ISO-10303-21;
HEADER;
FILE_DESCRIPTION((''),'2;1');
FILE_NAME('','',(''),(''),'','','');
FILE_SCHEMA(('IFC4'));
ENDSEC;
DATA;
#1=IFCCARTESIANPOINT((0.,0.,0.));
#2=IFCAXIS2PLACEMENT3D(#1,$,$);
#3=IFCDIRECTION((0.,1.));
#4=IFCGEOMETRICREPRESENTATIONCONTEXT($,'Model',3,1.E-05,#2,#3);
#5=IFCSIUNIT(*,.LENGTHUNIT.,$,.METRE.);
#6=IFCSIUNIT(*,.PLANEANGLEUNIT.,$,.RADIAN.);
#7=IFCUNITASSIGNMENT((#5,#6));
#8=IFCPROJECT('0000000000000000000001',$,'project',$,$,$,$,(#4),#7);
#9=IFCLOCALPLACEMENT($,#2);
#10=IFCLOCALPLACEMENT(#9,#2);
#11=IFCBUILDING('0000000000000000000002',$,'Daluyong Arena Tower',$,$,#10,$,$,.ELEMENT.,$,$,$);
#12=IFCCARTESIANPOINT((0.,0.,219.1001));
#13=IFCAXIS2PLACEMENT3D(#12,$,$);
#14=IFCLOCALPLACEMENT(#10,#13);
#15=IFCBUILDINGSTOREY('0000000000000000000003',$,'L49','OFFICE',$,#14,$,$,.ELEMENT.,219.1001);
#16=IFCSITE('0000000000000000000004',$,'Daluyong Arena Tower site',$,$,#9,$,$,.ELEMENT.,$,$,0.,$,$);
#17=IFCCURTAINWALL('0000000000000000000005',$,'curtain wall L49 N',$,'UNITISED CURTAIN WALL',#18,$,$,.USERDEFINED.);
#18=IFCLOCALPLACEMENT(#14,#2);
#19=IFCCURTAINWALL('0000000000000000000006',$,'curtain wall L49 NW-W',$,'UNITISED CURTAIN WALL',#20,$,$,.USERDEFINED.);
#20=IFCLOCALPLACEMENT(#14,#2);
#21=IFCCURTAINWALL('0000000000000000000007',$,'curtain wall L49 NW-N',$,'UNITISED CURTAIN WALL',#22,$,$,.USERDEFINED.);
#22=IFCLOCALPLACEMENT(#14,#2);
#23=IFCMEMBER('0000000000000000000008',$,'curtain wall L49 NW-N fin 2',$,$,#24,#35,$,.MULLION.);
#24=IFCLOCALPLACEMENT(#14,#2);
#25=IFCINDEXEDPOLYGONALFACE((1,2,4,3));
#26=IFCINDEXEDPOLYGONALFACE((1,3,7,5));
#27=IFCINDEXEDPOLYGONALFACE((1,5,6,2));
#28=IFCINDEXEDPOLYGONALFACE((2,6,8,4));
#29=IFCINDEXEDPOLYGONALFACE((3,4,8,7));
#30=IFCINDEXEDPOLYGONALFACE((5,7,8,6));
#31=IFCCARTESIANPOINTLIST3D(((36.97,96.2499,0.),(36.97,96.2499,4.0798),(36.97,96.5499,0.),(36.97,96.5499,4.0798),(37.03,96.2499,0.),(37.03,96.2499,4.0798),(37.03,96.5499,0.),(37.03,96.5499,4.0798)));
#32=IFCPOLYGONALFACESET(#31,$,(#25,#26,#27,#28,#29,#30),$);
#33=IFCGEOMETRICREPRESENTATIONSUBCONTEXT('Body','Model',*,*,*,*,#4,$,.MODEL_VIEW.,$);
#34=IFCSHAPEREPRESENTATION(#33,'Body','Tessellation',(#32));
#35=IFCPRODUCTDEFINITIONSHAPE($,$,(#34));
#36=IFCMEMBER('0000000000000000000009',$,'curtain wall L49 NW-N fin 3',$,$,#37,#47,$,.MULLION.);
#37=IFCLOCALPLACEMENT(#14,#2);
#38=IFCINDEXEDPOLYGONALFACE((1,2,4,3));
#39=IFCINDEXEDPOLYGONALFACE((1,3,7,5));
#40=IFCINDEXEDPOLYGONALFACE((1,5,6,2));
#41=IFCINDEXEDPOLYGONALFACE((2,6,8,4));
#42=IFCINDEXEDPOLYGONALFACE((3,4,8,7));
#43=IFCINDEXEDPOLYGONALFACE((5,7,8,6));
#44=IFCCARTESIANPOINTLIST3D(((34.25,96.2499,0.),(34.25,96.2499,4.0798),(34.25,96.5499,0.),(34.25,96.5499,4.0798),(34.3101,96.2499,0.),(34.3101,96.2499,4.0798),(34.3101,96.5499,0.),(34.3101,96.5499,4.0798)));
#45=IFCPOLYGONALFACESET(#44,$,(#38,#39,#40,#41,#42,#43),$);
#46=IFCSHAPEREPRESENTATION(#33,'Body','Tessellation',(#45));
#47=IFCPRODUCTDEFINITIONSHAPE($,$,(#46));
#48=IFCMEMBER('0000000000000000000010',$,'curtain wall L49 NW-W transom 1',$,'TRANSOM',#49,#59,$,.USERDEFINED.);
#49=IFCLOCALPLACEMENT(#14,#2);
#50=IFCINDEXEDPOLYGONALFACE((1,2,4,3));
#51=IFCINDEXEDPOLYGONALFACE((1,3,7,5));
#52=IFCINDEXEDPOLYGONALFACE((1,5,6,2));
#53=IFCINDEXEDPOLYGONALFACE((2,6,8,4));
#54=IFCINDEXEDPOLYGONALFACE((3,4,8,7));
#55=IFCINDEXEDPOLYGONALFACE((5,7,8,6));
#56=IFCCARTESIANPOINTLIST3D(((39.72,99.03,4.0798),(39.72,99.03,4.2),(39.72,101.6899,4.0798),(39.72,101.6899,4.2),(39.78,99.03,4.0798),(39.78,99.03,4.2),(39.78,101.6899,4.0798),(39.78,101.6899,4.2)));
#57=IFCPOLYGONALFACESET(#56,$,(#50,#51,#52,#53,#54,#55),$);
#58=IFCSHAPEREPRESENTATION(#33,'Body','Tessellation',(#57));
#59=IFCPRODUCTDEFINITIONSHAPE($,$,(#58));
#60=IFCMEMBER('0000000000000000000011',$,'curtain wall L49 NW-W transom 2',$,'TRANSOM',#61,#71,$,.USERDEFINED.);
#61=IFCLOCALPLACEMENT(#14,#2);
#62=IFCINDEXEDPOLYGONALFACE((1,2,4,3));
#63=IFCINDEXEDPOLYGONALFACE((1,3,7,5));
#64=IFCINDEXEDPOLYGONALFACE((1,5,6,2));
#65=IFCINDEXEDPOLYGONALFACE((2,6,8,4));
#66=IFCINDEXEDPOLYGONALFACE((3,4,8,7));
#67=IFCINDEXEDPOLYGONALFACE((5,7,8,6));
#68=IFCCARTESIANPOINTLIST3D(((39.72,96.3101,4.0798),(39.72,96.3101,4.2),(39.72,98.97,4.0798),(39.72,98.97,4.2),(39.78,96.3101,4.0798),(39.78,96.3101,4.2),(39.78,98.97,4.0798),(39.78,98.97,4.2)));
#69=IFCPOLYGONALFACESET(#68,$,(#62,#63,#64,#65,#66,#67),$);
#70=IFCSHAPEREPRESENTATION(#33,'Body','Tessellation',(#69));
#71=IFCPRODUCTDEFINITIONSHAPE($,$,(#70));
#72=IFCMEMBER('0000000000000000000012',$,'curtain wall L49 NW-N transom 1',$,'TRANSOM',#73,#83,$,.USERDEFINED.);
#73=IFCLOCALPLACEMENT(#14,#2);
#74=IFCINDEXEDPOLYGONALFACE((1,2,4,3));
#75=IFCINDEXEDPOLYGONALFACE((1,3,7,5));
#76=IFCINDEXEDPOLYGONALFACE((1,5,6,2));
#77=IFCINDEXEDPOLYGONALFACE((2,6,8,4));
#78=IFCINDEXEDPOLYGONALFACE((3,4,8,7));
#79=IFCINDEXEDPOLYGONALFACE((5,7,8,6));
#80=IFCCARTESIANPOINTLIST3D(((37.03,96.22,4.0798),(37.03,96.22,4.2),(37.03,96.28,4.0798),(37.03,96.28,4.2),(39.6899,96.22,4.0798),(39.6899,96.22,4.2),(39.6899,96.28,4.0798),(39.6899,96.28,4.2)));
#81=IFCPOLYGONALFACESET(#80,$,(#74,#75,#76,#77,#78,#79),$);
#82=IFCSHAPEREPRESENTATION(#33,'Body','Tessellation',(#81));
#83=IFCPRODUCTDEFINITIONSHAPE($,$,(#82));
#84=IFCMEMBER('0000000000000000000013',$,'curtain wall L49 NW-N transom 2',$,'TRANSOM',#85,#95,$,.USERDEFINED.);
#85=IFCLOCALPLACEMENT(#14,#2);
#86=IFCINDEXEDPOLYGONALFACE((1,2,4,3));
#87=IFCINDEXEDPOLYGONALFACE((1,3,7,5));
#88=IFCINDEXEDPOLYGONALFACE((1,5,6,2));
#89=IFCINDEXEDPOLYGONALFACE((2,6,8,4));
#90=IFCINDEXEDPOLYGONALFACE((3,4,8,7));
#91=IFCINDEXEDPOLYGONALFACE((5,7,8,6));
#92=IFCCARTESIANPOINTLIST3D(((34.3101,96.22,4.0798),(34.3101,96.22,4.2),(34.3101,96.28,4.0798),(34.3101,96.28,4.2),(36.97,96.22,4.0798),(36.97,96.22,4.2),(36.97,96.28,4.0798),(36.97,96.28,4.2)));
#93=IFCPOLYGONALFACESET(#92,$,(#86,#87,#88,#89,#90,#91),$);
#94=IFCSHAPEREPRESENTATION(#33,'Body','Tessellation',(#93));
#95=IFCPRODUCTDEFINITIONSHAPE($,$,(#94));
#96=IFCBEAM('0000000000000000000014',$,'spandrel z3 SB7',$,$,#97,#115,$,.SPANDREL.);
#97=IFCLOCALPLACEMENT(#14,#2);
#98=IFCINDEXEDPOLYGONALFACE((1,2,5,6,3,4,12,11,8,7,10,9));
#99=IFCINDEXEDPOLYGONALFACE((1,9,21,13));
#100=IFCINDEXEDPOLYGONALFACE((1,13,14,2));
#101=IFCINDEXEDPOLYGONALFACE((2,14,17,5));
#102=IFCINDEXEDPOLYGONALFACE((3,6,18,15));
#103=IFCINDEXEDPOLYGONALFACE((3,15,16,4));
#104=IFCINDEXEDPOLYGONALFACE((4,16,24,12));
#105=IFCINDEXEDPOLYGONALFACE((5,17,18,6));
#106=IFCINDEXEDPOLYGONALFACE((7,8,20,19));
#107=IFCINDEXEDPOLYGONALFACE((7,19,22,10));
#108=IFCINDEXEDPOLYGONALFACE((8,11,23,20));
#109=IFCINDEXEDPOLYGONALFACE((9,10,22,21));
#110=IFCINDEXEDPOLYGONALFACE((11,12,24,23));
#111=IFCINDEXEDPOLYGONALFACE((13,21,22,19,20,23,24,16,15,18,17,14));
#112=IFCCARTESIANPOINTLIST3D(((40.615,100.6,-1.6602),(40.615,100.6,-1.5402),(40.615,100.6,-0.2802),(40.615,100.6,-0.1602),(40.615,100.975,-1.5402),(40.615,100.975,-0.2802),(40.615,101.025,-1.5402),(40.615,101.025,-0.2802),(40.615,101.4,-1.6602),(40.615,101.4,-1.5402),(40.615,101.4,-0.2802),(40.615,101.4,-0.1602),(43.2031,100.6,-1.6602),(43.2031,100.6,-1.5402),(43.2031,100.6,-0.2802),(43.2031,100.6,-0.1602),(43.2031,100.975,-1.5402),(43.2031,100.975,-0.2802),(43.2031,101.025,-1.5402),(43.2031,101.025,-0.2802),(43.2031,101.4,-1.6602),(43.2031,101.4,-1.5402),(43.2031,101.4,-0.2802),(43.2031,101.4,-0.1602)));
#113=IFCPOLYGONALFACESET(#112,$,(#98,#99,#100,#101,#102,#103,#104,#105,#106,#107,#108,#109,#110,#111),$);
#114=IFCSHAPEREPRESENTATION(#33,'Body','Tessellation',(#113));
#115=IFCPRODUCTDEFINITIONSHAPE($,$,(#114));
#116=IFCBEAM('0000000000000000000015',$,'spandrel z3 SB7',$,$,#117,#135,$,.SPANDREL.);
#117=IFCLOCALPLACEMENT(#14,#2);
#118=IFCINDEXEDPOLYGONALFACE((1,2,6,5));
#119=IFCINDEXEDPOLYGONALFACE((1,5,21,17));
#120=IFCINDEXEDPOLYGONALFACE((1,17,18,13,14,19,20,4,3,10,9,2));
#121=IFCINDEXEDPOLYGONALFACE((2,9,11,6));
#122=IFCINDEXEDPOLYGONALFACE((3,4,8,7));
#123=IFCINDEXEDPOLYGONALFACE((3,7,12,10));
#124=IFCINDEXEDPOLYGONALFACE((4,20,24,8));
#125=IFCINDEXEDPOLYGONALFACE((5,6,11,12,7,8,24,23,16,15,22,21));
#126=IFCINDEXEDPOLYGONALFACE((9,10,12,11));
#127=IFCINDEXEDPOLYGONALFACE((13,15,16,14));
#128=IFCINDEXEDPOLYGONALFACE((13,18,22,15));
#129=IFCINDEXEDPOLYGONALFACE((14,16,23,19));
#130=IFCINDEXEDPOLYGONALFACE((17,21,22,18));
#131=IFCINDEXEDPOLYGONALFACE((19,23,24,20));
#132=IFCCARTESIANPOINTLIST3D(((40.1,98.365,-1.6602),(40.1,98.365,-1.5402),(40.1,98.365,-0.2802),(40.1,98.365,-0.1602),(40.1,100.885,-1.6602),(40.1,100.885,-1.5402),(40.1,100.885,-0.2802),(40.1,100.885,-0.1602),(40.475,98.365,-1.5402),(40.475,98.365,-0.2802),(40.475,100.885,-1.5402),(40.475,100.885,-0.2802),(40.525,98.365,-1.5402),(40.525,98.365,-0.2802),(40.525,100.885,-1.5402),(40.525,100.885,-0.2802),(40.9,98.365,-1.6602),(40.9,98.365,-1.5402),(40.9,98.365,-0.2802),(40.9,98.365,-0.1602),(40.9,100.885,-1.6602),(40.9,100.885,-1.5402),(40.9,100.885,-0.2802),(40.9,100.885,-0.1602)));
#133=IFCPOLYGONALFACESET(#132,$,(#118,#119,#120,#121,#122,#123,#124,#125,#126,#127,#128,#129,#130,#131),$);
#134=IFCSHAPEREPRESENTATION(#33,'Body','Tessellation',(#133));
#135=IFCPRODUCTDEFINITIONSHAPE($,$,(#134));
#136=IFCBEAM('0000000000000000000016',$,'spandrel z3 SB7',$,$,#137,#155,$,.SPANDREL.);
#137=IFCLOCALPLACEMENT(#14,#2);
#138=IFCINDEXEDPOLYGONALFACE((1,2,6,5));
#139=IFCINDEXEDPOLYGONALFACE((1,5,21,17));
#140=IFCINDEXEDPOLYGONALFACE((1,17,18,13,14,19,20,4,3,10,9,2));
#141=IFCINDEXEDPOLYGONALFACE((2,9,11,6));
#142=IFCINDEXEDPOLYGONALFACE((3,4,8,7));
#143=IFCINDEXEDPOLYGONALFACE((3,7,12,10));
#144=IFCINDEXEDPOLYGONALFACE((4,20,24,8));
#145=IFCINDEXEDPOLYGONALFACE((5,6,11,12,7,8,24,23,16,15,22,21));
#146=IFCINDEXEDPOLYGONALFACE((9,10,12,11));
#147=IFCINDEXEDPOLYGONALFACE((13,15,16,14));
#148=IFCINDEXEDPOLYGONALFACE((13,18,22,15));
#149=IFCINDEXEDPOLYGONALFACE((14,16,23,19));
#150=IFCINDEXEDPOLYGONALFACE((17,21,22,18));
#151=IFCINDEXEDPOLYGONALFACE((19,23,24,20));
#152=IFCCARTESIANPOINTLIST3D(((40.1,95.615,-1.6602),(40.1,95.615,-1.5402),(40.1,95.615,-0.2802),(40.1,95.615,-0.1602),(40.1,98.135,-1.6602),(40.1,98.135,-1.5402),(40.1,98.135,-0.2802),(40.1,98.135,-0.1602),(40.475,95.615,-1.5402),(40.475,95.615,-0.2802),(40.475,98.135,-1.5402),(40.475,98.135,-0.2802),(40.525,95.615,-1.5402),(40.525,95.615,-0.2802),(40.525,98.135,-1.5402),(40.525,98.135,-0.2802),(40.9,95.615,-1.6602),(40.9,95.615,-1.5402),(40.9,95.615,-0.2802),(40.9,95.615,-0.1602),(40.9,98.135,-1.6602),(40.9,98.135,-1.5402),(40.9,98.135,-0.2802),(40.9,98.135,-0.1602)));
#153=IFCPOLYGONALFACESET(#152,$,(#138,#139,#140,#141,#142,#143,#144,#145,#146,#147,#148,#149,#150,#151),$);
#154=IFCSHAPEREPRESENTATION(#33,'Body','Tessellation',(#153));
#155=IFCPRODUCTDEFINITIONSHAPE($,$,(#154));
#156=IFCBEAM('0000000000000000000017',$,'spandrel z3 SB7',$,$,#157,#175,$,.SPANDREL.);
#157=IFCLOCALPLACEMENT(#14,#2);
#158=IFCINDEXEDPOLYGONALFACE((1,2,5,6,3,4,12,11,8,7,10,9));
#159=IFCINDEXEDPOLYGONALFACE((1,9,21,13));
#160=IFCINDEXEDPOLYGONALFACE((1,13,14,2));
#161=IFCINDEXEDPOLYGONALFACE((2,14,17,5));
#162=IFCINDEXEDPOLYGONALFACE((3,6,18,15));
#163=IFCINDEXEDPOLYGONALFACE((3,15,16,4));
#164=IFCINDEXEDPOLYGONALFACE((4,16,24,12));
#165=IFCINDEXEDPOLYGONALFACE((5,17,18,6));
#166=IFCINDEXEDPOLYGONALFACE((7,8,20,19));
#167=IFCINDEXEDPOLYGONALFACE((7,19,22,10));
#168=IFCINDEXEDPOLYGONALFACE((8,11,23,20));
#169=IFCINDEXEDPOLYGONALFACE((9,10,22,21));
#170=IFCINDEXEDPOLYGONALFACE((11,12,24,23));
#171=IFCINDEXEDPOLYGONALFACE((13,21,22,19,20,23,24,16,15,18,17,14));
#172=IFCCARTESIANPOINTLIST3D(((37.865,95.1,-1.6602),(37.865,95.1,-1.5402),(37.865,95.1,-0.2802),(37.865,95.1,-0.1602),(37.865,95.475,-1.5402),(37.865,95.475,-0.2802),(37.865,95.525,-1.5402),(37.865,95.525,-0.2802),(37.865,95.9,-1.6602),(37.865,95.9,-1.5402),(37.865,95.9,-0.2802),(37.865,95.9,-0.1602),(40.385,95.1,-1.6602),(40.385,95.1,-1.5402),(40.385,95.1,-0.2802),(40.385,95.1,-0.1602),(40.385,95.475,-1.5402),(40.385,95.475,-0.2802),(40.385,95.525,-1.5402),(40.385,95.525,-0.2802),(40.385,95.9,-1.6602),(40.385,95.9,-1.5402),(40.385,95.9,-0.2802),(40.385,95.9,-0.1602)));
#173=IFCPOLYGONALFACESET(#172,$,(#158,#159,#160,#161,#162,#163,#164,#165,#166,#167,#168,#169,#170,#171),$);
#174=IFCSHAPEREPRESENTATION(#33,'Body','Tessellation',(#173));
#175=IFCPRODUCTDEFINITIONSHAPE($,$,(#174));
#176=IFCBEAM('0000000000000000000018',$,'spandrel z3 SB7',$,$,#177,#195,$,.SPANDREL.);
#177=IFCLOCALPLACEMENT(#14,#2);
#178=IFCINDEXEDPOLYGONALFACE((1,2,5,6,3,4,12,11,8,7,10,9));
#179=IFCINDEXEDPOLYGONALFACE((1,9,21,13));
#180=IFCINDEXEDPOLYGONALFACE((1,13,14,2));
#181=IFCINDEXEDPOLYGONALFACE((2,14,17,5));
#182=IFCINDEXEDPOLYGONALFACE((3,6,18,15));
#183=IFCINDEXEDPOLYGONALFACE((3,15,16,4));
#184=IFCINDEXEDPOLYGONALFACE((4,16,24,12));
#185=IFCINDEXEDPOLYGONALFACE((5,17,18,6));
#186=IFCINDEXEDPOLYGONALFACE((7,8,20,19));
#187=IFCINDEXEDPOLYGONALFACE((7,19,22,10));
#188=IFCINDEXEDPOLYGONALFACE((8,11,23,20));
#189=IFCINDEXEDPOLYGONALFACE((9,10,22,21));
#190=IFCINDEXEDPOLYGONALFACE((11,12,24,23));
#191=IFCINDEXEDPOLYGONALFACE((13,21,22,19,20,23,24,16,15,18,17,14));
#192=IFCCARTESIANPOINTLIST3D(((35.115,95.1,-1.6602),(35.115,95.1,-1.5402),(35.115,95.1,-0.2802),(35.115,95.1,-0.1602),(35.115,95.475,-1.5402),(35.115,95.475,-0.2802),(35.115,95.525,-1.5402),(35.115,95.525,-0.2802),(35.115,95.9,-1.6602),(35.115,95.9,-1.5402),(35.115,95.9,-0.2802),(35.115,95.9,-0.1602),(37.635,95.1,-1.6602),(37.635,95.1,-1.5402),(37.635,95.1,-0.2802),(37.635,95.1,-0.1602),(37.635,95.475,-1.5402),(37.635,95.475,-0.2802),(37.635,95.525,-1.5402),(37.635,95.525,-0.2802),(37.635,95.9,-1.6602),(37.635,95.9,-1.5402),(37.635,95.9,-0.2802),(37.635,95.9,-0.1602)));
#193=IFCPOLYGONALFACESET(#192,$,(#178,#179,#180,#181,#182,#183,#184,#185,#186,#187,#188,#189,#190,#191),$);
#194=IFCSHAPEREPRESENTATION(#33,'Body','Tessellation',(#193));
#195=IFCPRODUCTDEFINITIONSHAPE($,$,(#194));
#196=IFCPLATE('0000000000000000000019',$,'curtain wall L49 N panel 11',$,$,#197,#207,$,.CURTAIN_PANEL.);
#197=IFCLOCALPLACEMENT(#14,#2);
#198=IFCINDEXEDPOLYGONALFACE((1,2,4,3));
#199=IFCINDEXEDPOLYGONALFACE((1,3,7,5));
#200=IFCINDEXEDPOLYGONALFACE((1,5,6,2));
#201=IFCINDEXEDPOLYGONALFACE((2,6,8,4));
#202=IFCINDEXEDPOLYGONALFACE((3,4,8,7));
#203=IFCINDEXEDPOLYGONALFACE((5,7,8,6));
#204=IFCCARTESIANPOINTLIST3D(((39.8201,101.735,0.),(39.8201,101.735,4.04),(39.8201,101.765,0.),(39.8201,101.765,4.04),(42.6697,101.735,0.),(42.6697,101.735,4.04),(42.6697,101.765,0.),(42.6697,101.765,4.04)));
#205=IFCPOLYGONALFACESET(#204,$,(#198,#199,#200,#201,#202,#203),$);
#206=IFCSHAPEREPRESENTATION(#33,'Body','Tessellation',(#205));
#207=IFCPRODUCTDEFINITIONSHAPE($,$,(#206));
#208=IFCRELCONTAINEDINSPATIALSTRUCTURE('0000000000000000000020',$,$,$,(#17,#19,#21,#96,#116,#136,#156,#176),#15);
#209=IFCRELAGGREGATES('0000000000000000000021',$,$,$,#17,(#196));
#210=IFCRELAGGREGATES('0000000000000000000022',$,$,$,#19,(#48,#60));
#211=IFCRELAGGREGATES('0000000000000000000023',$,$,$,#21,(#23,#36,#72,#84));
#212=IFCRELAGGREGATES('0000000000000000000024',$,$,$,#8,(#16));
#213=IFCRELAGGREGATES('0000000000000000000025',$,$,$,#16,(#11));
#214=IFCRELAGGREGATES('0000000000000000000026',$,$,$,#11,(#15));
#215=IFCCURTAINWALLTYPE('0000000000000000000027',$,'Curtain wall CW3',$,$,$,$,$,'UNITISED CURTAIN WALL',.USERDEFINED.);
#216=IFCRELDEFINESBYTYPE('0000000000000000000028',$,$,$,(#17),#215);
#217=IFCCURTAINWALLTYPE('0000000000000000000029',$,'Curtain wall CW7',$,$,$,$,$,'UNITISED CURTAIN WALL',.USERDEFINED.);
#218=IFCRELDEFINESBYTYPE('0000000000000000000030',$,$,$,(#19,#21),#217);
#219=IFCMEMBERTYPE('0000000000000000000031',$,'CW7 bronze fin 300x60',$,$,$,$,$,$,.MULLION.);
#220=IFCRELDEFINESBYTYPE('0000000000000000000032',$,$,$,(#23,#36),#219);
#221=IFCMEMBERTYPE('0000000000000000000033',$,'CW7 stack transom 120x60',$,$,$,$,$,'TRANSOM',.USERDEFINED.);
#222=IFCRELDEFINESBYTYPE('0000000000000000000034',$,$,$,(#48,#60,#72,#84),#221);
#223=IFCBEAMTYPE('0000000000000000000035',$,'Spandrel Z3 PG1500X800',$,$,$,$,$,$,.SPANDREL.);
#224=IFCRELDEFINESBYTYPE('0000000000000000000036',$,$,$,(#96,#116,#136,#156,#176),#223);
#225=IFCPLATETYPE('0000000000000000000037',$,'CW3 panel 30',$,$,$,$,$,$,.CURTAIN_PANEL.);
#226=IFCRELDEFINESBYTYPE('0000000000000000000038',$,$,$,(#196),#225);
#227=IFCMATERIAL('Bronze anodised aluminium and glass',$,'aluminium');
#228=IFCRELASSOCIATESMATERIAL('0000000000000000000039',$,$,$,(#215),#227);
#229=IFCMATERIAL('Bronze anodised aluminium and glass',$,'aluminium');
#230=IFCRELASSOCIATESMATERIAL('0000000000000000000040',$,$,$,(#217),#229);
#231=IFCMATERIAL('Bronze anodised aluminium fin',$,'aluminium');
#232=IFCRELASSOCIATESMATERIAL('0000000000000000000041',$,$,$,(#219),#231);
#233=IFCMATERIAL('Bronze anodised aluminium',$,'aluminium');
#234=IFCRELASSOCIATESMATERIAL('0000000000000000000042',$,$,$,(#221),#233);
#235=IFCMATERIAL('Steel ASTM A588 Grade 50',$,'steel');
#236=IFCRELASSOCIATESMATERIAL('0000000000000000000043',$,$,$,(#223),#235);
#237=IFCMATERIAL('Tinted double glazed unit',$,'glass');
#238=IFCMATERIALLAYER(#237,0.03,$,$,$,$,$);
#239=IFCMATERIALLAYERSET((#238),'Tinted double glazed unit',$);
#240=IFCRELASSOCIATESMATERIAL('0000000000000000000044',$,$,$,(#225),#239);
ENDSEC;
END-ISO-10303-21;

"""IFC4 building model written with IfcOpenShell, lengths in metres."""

from ifc_helpers import new_model, si_unit, direction, frame, origin, origin_2d, place, context, subcontext, project, spatial, rectangle, i_section, extrude, material, layer, layer_set, material_profile, profile_set, type_object, element, aggregate, save


model = new_model("IFC4")

# Units and contexts
model_context = context("Model", 3, precision=1e-05, world=origin(), true_north=direction((0.0, 1.0)))
body_context = subcontext(model_context, "Body", "Model", "MODEL_VIEW")
ifc_project = project(units=[si_unit("LENGTHUNIT", "METRE"), si_unit("PLANEANGLEUNIT", "RADIAN")], contexts=[model_context])

# Site, building, storey
site_placement = place(None, origin())
site = spatial("IfcSite", under=ifc_project, at=site_placement, Name="Daluyong Arena Tower site", CompositionType="ELEMENT", RefElevation=0.0)
building_placement = place(site_placement, origin())
building = spatial("IfcBuilding", under=site, at=building_placement, Name="Daluyong Arena Tower", CompositionType="ELEMENT")
storey_placement = place(building_placement, frame((0.0, 0.0, 219.1001)))
storey = spatial("IfcBuildingStorey", under=building, at=storey_placement, Name="L49", Description="OFFICE", CompositionType="ELEMENT", Elevation=219.1001)

# Curtain wall
ifc_material_1 = material(Name="Bronze anodised aluminium and glass", Category="aluminium")
curtain_wall_type_1 = type_object("IfcCurtainWallType", Name="Curtain wall CW3", ElementType="UNITISED CURTAIN WALL", PredefinedType="USERDEFINED", material=ifc_material_1)
curtain_wall_1_placement = place(storey_placement, origin())
curtain_wall_1 = element("IfcCurtainWall", 1, at=curtain_wall_1_placement, inside=storey, type_object=curtain_wall_type_1, Name="curtain wall L49 N", ObjectType="UNITISED CURTAIN WALL", PredefinedType="USERDEFINED")

# Curtain walls, members
ifc_material_2 = material(Name="Bronze anodised aluminium and glass", Category="aluminium")
curtain_wall_type_2 = type_object("IfcCurtainWallType", Name="Curtain wall CW7", ElementType="UNITISED CURTAIN WALL", PredefinedType="USERDEFINED", material=ifc_material_2)
curtain_wall_2_placement = place(storey_placement, origin())
curtain_wall_2 = element("IfcCurtainWall", 2, at=curtain_wall_2_placement, inside=storey, type_object=curtain_wall_type_2, Name="curtain wall L49 NW-W", ObjectType="UNITISED CURTAIN WALL", PredefinedType="USERDEFINED")
ifc_material_3 = material(Name="Bronze anodised aluminium fin", Category="aluminium")
ifc_material_profile_1 = material_profile(ifc_material_3, rectangle(XDim=0.3, YDim=0.0601, at=origin_2d()))
ifc_profile_set_1 = profile_set([ifc_material_profile_1], Name="Bronze anodised aluminium fin")
member_type_1 = type_object("IfcMemberType", Name="CW7 bronze fin 300x60", PredefinedType="MULLION", material=ifc_profile_set_1)
curtain_wall_3_placement = place(storey_placement, origin())
curtain_wall_3 = element("IfcCurtainWall", 3, at=curtain_wall_3_placement, inside=storey, type_object=curtain_wall_type_2, Name="curtain wall L49 NW-N", ObjectType="UNITISED CURTAIN WALL", PredefinedType="USERDEFINED")
member_1_placement = place(storey_placement, frame((37.0, 96.3999, 0.0), z_axis=(0.0, 0.0, 1.0), x_axis=(0.0, -1.0, 0.0)))
member_1 = element("IfcMember", 4, at=member_1_placement, type_object=member_type_1, Name="curtain wall L49 NW-N fin 2", PredefinedType="MULLION", context=body_context, shape_type="SweptSolid", body=[
    extrude(rectangle(XDim=0.3, YDim=0.0601, at=origin_2d()), origin(), (0.0, 0.0, 1.0), 4.0798),
])
member_2_placement = place(storey_placement, frame((34.28, 96.3999, 0.0), z_axis=(0.0, 0.0, 1.0), x_axis=(0.0, -1.0, 0.0)))
member_2 = element("IfcMember", 5, at=member_2_placement, type_object=member_type_1, Name="curtain wall L49 NW-N fin 3", PredefinedType="MULLION", context=body_context, shape_type="SweptSolid", body=[
    extrude(rectangle(XDim=0.3, YDim=0.0601, at=origin_2d()), origin(), (0.0, 0.0, 1.0), 4.0798),
])

# Members
ifc_material_4 = material(Name="Bronze anodised aluminium", Category="aluminium")
ifc_material_profile_2 = material_profile(ifc_material_4, rectangle(XDim=0.0601, YDim=0.1201, at=origin_2d()))
ifc_profile_set_2 = profile_set([ifc_material_profile_2], Name="Bronze anodised aluminium")
member_type_2 = type_object("IfcMemberType", Name="CW7 stack transom 120x60", ElementType="TRANSOM", PredefinedType="USERDEFINED", material=ifc_profile_set_2)
member_3_placement = place(storey_placement, frame((39.75, 101.6899, 4.1399), z_axis=(0.0, -1.0, 0.0), x_axis=(1.0, 0.0, 0.0)))
member_3 = element("IfcMember", 6, at=member_3_placement, type_object=member_type_2, Name="curtain wall L49 NW-W transom 1", ObjectType="TRANSOM", PredefinedType="USERDEFINED", context=body_context, shape_type="SweptSolid", body=[
    extrude(rectangle(XDim=0.0601, YDim=0.1201, at=origin_2d()), origin(), (0.0, 0.0, 1.0), 2.6599),
])
member_4_placement = place(storey_placement, frame((39.75, 98.97, 4.1399), z_axis=(0.0, -1.0, 0.0), x_axis=(1.0, 0.0, 0.0)))
member_4 = element("IfcMember", 7, at=member_4_placement, type_object=member_type_2, Name="curtain wall L49 NW-W transom 2", ObjectType="TRANSOM", PredefinedType="USERDEFINED", context=body_context, shape_type="SweptSolid", body=[
    extrude(rectangle(XDim=0.0601, YDim=0.1201, at=origin_2d()), origin(), (0.0, 0.0, 1.0), 2.6599),
])
member_5_placement = place(storey_placement, frame((39.6899, 96.25, 4.1399), z_axis=(-1.0, 0.0, 0.0), x_axis=(0.0, -1.0, 0.0)))
member_5 = element("IfcMember", 8, at=member_5_placement, type_object=member_type_2, Name="curtain wall L49 NW-N transom 1", ObjectType="TRANSOM", PredefinedType="USERDEFINED", context=body_context, shape_type="SweptSolid", body=[
    extrude(rectangle(XDim=0.0601, YDim=0.1201, at=origin_2d()), origin(), (0.0, 0.0, 1.0), 2.6599),
])
member_6_placement = place(storey_placement, frame((36.97, 96.25, 4.1399), z_axis=(-1.0, 0.0, 0.0), x_axis=(0.0, -1.0, 0.0)))
member_6 = element("IfcMember", 9, at=member_6_placement, type_object=member_type_2, Name="curtain wall L49 NW-N transom 2", ObjectType="TRANSOM", PredefinedType="USERDEFINED", context=body_context, shape_type="SweptSolid", body=[
    extrude(rectangle(XDim=0.0601, YDim=0.1201, at=origin_2d()), origin(), (0.0, 0.0, 1.0), 2.6599),
])

# Beams
ifc_material_5 = material(Name="Steel ASTM A588 Grade 50", Category="steel")
ifc_material_profile_3 = material_profile(ifc_material_5, i_section(OverallWidth=0.8, OverallDepth=1.5, WebThickness=0.05, FlangeThickness=0.12, at=origin_2d()))
ifc_profile_set_3 = profile_set([ifc_material_profile_3], Name="Steel ASTM A588 Grade 50")
beam_type = type_object("IfcBeamType", Name="Spandrel Z3 PG1500X800", PredefinedType="SPANDREL", material=ifc_profile_set_3)
beam_placement = place(storey_placement, frame((43.2031, 101.0, -0.9102), z_axis=(-1.0, 0.0, 0.0), x_axis=(0.0, -1.0, 0.0)))
element("IfcBeam", 10, at=beam_placement, inside=storey, type_object=beam_type, Name="spandrel z3 SB7", PredefinedType="SPANDREL", context=body_context, shape_type="SweptSolid", body=[
    extrude(i_section(OverallWidth=0.8, OverallDepth=1.5, WebThickness=0.05, FlangeThickness=0.12, at=origin_2d()), origin(), (0.0, 0.0, 1.0), 2.5881),
])
for number, where, z_axis, x_axis, name in (
    (11, (40.5, 100.885, -0.9102), (0.0, -1.0, 0.0), (1.0, 0.0, 0.0), "spandrel z3 SB7"),
    (12, (40.5, 98.135, -0.9102), (0.0, -1.0, 0.0), (1.0, 0.0, 0.0), "spandrel z3 SB7"),
    (13, (40.385, 95.5, -0.9102), (-1.0, 0.0, 0.0), (0.0, -1.0, 0.0), "spandrel z3 SB7"),
    (14, (37.635, 95.5, -0.9102), (-1.0, 0.0, 0.0), (0.0, -1.0, 0.0), "spandrel z3 SB7"),
):
    element("IfcBeam", number, at=place(storey_placement, frame(where, z_axis=z_axis, x_axis=x_axis)), inside=storey, type_object=beam_type, Name=name, PredefinedType="SPANDREL", context=body_context, shape_type="SweptSolid", body=[
        extrude(i_section(OverallWidth=0.8, OverallDepth=1.5, WebThickness=0.05, FlangeThickness=0.12, at=origin_2d()), origin(), (0.0, 0.0, 1.0), 2.52),
    ])

# Plate
ifc_material_6 = material(Name="Tinted double glazed unit", Category="glass")
ifc_layer_1 = layer(ifc_material_6, 0.03)
ifc_layer_set_1 = layer_set([ifc_layer_1], Name="Tinted double glazed unit")
plate_type_1 = type_object("IfcPlateType", Name="CW3 panel 30", PredefinedType="CURTAIN_PANEL", material=ifc_layer_set_1)
plate_1_placement = place(storey_placement, frame((41.2449, 101.75, 0.0), z_axis=(0.0, 0.0, 1.0), x_axis=(-1.0, 0.0, 0.0)))
plate_1 = element("IfcPlate", 15, at=plate_1_placement, type_object=plate_type_1, Name="curtain wall L49 N panel 11", PredefinedType="CURTAIN_PANEL", context=body_context, shape_type="SweptSolid", body=[
    extrude(rectangle(XDim=2.8496, YDim=0.03, at=origin_2d()), origin(), (0.0, 0.0, 1.0), 4.04),
])
aggregate(curtain_wall_1, [plate_1])
aggregate(curtain_wall_2, [member_3, member_4])
aggregate(curtain_wall_3, [member_1, member_2, member_5, member_6])

save(model, "model.ifc")
